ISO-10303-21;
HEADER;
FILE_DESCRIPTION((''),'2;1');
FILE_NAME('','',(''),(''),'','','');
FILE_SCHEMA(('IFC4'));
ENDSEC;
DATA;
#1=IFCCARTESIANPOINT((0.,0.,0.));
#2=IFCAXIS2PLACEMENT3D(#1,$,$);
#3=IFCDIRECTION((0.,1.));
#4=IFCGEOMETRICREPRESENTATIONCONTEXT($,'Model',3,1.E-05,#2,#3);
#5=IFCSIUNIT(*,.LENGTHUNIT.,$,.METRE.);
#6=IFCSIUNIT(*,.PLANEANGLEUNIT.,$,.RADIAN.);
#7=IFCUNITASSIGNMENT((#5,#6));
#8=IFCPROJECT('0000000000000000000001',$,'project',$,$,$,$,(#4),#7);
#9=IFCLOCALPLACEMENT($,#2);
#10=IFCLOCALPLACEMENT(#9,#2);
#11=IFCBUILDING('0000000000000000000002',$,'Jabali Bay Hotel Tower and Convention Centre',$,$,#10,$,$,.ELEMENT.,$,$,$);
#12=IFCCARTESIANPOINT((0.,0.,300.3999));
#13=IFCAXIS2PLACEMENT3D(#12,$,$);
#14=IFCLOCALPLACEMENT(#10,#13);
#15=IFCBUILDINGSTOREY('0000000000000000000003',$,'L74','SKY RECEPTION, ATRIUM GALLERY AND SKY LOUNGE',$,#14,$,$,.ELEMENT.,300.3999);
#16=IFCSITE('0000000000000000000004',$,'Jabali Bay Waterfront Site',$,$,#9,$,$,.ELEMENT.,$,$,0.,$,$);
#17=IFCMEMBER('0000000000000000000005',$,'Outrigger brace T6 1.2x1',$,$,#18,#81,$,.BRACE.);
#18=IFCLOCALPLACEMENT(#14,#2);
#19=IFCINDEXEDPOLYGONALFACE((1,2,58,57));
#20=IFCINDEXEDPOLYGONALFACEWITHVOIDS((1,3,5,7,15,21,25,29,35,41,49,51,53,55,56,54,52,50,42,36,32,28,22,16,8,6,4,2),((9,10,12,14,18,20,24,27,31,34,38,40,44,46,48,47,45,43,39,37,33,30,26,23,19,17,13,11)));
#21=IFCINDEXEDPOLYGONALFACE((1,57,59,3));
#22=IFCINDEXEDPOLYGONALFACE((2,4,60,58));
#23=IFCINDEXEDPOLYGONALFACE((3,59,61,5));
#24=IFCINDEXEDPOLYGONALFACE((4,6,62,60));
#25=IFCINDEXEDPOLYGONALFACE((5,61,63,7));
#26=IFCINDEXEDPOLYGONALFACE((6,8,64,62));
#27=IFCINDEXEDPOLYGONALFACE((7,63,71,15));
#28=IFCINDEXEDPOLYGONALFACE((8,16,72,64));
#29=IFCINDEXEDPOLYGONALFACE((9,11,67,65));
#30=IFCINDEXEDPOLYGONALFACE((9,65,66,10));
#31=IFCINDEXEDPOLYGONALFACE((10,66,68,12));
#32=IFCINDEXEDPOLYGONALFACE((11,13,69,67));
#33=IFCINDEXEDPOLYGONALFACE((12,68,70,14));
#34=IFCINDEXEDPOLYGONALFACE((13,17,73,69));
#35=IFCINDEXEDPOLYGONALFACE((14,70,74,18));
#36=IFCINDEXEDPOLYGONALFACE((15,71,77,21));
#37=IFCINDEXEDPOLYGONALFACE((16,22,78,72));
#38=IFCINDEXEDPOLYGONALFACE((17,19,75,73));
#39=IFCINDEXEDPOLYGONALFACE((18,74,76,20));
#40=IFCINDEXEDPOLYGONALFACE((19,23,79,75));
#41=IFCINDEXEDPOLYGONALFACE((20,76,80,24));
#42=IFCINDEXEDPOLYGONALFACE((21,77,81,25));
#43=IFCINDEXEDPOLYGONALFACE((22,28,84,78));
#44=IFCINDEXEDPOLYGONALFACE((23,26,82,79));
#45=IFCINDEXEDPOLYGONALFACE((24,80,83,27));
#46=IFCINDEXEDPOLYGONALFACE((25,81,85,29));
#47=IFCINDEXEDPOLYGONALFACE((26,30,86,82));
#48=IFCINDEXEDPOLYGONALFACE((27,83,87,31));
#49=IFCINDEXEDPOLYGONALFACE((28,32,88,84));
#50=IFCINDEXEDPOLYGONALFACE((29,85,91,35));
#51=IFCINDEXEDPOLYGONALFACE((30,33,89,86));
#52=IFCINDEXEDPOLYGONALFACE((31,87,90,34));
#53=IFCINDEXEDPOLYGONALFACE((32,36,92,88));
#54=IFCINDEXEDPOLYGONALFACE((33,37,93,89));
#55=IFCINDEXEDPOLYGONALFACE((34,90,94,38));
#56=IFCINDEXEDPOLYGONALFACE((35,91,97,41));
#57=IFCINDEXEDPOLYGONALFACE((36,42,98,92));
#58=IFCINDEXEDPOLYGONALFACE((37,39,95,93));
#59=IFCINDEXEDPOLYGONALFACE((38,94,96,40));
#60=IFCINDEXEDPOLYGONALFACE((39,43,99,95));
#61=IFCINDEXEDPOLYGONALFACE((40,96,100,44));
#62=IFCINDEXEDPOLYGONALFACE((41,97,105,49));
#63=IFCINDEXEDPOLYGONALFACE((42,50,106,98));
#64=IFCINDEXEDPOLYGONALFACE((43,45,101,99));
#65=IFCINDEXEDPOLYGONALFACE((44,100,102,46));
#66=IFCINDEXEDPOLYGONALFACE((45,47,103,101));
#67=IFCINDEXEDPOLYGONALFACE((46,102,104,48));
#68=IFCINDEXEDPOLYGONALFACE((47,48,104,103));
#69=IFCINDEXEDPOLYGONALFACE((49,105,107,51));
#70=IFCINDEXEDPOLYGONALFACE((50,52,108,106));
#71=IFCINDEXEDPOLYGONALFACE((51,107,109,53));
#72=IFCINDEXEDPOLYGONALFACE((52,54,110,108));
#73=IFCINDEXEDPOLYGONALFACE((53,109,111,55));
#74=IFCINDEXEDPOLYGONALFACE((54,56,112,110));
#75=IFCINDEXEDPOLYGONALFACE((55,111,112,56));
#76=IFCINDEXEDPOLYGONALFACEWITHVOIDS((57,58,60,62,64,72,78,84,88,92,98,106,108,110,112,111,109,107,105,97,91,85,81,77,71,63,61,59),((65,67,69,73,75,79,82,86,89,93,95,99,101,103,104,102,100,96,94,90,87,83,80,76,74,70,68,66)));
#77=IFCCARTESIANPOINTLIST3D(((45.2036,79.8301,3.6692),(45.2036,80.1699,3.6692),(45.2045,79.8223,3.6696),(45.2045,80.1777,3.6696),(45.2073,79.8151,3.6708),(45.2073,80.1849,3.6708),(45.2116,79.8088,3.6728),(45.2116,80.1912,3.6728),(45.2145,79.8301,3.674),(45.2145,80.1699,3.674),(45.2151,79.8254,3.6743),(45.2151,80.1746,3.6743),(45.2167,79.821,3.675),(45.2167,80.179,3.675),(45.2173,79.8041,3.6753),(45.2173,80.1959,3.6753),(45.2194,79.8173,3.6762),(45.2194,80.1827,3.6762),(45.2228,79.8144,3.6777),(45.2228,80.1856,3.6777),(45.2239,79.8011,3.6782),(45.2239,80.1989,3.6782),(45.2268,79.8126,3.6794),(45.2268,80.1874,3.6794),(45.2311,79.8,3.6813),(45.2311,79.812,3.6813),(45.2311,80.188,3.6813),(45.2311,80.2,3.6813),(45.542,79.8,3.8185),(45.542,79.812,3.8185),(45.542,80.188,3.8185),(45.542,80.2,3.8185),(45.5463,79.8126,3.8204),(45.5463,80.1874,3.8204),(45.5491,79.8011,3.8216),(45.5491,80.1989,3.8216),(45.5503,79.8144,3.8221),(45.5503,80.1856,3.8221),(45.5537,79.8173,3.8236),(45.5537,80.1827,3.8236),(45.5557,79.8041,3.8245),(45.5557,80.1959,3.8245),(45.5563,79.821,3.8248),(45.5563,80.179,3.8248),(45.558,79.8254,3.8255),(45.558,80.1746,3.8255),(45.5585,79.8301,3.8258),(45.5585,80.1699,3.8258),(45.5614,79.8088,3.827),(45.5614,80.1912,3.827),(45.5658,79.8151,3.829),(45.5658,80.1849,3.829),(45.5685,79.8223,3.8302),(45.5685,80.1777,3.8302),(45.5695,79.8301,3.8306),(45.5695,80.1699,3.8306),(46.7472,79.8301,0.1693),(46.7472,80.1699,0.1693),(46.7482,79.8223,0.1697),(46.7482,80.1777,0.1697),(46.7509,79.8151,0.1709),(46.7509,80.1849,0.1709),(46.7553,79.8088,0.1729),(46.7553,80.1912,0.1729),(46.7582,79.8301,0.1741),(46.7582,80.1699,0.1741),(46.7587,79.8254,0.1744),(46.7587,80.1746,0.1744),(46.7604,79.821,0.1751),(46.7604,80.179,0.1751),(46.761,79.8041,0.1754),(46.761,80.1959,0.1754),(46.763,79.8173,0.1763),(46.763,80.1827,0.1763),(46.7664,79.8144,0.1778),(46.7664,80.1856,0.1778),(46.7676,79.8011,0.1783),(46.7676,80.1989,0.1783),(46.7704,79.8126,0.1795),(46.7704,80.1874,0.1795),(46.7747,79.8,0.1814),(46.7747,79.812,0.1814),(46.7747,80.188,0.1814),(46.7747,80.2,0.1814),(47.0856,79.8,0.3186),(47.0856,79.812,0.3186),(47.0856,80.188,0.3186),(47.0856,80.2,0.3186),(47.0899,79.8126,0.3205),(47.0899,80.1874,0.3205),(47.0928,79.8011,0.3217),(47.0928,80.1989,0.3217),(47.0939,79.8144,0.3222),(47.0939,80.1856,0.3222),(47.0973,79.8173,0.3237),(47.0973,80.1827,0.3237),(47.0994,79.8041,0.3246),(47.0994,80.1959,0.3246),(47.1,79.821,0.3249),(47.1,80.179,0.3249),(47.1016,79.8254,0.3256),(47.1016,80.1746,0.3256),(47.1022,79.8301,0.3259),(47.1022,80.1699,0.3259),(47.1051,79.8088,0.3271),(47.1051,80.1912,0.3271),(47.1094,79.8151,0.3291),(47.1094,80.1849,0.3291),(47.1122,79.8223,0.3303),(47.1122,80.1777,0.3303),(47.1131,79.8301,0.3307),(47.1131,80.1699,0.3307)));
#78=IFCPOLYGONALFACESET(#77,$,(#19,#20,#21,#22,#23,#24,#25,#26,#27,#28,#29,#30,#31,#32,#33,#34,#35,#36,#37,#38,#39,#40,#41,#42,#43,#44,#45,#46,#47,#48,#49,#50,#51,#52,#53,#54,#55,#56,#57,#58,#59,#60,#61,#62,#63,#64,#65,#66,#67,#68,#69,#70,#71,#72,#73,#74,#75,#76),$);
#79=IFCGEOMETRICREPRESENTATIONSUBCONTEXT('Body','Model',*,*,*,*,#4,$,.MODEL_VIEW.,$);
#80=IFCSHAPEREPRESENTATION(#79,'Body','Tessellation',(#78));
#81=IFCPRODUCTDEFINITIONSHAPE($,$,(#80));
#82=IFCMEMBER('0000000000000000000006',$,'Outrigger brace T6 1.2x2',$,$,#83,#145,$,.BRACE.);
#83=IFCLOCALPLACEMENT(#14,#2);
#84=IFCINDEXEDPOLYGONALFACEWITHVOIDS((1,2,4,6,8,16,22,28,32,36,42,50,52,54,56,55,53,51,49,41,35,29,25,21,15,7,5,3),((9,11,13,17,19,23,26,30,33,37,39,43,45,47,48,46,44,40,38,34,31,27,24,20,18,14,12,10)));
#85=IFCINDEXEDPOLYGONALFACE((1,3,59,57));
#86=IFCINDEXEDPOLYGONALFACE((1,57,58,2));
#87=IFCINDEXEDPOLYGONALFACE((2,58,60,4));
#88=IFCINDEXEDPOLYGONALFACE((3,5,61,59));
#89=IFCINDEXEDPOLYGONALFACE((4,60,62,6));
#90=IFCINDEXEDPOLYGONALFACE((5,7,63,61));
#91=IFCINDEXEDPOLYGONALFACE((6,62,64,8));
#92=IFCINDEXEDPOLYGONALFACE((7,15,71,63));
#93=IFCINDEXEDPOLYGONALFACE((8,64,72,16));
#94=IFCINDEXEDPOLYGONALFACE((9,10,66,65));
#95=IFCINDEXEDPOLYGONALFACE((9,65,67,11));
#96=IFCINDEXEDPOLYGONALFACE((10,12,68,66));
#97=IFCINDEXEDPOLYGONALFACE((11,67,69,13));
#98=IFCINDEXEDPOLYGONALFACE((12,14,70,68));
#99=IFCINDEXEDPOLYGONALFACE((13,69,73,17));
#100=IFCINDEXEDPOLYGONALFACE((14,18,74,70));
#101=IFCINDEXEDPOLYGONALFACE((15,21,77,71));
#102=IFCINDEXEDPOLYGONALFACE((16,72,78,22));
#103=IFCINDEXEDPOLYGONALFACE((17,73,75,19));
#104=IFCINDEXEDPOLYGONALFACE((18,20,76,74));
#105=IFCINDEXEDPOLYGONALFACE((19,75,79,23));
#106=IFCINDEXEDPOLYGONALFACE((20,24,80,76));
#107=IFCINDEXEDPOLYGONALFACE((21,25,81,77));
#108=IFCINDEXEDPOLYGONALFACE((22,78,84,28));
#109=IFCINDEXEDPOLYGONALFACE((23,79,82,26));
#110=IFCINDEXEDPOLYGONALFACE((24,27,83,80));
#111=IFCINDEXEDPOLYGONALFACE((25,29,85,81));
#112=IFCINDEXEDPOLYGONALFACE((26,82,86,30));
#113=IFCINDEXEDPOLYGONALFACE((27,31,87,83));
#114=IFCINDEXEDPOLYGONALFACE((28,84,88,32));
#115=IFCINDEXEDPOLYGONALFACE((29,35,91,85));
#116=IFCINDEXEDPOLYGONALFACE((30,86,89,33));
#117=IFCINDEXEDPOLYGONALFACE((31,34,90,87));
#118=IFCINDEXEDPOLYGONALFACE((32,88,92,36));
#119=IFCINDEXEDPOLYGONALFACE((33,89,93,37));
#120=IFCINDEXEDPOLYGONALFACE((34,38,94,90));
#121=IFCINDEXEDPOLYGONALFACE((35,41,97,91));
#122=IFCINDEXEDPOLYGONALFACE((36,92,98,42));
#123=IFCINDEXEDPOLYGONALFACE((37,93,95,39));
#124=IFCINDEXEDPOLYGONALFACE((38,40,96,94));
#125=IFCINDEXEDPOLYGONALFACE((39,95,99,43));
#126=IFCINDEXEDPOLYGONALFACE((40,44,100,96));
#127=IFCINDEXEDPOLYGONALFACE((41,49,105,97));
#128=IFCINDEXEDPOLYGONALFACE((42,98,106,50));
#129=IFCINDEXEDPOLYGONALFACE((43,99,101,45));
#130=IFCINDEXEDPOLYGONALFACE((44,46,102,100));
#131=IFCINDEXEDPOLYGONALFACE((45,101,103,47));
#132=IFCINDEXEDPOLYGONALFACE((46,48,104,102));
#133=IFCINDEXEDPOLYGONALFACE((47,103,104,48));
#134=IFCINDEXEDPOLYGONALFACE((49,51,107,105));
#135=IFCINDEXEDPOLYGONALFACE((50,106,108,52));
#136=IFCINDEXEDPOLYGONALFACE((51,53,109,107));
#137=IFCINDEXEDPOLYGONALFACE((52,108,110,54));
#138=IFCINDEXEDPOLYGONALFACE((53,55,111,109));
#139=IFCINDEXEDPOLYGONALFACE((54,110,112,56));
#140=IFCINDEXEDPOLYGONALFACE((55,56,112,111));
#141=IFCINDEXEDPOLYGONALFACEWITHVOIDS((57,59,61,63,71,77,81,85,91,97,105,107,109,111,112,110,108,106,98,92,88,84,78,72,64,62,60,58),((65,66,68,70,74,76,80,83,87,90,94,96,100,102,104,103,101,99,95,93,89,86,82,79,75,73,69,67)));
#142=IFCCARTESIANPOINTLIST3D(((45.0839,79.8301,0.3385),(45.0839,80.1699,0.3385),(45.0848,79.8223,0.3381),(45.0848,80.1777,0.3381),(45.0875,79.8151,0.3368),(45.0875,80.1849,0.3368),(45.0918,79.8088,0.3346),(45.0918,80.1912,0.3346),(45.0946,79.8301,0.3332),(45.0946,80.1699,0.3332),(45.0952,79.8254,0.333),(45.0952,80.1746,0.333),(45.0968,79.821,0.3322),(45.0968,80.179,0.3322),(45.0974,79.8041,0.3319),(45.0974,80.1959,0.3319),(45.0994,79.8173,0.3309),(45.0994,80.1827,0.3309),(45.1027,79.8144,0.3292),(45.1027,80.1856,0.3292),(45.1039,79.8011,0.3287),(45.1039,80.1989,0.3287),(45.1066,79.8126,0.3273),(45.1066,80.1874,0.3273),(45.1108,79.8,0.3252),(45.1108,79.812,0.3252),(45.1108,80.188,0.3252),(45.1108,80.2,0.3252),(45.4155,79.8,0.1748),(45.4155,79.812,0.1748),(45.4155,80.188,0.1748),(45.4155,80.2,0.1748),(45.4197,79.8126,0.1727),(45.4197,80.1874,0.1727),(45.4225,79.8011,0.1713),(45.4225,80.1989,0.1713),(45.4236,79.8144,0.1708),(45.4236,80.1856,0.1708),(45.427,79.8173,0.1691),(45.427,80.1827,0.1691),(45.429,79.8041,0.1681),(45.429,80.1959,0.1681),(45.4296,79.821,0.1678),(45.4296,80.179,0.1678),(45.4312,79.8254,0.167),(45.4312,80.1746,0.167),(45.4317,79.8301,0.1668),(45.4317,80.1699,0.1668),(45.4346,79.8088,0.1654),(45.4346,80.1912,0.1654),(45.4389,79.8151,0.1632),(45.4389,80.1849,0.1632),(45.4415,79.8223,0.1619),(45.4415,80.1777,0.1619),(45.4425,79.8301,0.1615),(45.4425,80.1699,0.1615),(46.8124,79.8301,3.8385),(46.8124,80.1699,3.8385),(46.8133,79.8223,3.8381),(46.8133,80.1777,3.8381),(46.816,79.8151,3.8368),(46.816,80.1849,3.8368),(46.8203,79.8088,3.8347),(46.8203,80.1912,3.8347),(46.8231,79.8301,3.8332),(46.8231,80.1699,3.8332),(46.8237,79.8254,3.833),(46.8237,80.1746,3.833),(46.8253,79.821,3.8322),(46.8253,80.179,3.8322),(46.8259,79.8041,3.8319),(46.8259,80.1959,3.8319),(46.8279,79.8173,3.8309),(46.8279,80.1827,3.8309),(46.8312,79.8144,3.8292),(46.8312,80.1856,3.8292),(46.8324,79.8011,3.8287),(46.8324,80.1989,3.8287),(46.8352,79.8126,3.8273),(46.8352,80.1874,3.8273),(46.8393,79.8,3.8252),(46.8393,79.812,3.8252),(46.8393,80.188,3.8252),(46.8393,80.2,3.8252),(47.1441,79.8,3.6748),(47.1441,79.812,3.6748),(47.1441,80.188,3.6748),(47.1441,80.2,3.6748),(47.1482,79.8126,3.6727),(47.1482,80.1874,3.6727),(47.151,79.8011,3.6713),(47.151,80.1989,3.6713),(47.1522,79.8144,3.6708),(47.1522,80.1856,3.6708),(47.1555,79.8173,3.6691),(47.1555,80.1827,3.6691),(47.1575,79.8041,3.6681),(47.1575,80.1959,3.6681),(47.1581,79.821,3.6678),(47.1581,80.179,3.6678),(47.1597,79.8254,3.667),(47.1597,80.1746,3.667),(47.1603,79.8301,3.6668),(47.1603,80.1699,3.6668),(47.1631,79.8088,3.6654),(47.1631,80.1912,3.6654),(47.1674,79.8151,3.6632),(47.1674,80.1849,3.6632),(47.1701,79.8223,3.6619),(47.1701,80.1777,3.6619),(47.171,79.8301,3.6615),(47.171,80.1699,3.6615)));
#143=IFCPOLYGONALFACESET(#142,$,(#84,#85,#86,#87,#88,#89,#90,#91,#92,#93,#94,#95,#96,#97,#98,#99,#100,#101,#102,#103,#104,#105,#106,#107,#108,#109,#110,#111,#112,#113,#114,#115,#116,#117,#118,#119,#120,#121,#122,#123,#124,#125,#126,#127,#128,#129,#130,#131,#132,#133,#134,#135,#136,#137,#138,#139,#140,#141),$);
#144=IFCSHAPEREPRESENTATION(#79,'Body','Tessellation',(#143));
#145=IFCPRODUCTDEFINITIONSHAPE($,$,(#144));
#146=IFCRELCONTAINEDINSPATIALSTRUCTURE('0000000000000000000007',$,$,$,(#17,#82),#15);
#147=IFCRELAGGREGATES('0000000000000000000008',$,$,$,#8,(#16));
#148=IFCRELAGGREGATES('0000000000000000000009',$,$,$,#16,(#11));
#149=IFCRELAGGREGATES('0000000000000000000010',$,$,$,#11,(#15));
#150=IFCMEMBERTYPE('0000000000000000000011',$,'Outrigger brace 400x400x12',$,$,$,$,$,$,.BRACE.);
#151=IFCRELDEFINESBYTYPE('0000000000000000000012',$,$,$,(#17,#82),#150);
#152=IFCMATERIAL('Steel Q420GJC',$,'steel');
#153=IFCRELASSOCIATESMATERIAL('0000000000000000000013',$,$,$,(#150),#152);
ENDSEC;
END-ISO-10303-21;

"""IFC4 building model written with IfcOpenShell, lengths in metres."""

from ifc_helpers import new_model, si_unit, direction, frame, origin, origin_2d, place, context, subcontext, project, spatial, hollow_rectangle, extrude, material, material_profile, profile_set, type_object, element, save


model = new_model("IFC4")

# Units and contexts
model_context = context("Model", 3, precision=1e-05, world=origin(), true_north=direction((0.0, 1.0)))
body_context = subcontext(model_context, "Body", "Model", "MODEL_VIEW")
ifc_project = project(units=[si_unit("LENGTHUNIT", "METRE"), si_unit("PLANEANGLEUNIT", "RADIAN")], contexts=[model_context])

# Site, building, storey
site_placement = place(None, origin())
site = spatial("IfcSite", under=ifc_project, at=site_placement, Name="Jabali Bay Waterfront Site", CompositionType="ELEMENT", RefElevation=0.0)
building_placement = place(site_placement, origin())
building = spatial("IfcBuilding", under=site, at=building_placement, Name="Jabali Bay Hotel Tower and Convention Centre", CompositionType="ELEMENT")
storey_placement = place(building_placement, frame((0.0, 0.0, 300.3999)))
storey = spatial("IfcBuildingStorey", under=building, at=storey_placement, Name="L74", Description="SKY RECEPTION, ATRIUM GALLERY AND SKY LOUNGE", CompositionType="ELEMENT", Elevation=300.3999)

# Shared definitions
ifc_material_1 = material(Name="Steel Q420GJC", Category="steel")

# Members
ifc_material_profile_1 = material_profile(ifc_material_1, hollow_rectangle(XDim=0.3999, YDim=0.3999, WallThickness=0.012, InnerFilletRadius=0.0181, OuterFilletRadius=0.03, at=origin_2d()), Name="Outrigger brace 400x400x12")
ifc_profile_set_1 = profile_set([ifc_material_profile_1], Name="Steel Q420GJC")
member_type_1 = type_object("IfcMemberType", Name="Outrigger brace 400x400x12", PredefinedType="BRACE", material=ifc_profile_set_1)
member_1_placement = place(storey_placement, frame((46.9302, 80.0, 0.25), z_axis=(-0.403549, 0.0, 0.914958), x_axis=(0.0, -1.0, 0.0)))
element("IfcMember", 1, at=member_1_placement, inside=storey, type_object=member_type_1, Name="Outrigger brace T6 1.2x1", PredefinedType="BRACE", context=body_context, shape_type="SweptSolid", body=[
    extrude(hollow_rectangle(XDim=0.3999, YDim=0.3999, WallThickness=0.012, InnerFilletRadius=0.0181, OuterFilletRadius=0.03, at=origin_2d()), origin(), (0.0, 0.0, 1.0), 3.8252),
])
member_2_placement = place(storey_placement, frame((45.2632, 80.0, 0.25), z_axis=(0.442805, 0.0, 0.896618), x_axis=(0.0, 1.0, 0.0)))
element("IfcMember", 2, at=member_2_placement, inside=storey, type_object=member_type_1, Name="Outrigger brace T6 1.2x2", PredefinedType="BRACE", context=body_context, shape_type="SweptSolid", body=[
    extrude(hollow_rectangle(XDim=0.3999, YDim=0.3999, WallThickness=0.012, InnerFilletRadius=0.0181, OuterFilletRadius=0.03, at=origin_2d()), origin(), (0.0, 0.0, 1.0), 3.9036),
])

save(model, "model.ifc")
